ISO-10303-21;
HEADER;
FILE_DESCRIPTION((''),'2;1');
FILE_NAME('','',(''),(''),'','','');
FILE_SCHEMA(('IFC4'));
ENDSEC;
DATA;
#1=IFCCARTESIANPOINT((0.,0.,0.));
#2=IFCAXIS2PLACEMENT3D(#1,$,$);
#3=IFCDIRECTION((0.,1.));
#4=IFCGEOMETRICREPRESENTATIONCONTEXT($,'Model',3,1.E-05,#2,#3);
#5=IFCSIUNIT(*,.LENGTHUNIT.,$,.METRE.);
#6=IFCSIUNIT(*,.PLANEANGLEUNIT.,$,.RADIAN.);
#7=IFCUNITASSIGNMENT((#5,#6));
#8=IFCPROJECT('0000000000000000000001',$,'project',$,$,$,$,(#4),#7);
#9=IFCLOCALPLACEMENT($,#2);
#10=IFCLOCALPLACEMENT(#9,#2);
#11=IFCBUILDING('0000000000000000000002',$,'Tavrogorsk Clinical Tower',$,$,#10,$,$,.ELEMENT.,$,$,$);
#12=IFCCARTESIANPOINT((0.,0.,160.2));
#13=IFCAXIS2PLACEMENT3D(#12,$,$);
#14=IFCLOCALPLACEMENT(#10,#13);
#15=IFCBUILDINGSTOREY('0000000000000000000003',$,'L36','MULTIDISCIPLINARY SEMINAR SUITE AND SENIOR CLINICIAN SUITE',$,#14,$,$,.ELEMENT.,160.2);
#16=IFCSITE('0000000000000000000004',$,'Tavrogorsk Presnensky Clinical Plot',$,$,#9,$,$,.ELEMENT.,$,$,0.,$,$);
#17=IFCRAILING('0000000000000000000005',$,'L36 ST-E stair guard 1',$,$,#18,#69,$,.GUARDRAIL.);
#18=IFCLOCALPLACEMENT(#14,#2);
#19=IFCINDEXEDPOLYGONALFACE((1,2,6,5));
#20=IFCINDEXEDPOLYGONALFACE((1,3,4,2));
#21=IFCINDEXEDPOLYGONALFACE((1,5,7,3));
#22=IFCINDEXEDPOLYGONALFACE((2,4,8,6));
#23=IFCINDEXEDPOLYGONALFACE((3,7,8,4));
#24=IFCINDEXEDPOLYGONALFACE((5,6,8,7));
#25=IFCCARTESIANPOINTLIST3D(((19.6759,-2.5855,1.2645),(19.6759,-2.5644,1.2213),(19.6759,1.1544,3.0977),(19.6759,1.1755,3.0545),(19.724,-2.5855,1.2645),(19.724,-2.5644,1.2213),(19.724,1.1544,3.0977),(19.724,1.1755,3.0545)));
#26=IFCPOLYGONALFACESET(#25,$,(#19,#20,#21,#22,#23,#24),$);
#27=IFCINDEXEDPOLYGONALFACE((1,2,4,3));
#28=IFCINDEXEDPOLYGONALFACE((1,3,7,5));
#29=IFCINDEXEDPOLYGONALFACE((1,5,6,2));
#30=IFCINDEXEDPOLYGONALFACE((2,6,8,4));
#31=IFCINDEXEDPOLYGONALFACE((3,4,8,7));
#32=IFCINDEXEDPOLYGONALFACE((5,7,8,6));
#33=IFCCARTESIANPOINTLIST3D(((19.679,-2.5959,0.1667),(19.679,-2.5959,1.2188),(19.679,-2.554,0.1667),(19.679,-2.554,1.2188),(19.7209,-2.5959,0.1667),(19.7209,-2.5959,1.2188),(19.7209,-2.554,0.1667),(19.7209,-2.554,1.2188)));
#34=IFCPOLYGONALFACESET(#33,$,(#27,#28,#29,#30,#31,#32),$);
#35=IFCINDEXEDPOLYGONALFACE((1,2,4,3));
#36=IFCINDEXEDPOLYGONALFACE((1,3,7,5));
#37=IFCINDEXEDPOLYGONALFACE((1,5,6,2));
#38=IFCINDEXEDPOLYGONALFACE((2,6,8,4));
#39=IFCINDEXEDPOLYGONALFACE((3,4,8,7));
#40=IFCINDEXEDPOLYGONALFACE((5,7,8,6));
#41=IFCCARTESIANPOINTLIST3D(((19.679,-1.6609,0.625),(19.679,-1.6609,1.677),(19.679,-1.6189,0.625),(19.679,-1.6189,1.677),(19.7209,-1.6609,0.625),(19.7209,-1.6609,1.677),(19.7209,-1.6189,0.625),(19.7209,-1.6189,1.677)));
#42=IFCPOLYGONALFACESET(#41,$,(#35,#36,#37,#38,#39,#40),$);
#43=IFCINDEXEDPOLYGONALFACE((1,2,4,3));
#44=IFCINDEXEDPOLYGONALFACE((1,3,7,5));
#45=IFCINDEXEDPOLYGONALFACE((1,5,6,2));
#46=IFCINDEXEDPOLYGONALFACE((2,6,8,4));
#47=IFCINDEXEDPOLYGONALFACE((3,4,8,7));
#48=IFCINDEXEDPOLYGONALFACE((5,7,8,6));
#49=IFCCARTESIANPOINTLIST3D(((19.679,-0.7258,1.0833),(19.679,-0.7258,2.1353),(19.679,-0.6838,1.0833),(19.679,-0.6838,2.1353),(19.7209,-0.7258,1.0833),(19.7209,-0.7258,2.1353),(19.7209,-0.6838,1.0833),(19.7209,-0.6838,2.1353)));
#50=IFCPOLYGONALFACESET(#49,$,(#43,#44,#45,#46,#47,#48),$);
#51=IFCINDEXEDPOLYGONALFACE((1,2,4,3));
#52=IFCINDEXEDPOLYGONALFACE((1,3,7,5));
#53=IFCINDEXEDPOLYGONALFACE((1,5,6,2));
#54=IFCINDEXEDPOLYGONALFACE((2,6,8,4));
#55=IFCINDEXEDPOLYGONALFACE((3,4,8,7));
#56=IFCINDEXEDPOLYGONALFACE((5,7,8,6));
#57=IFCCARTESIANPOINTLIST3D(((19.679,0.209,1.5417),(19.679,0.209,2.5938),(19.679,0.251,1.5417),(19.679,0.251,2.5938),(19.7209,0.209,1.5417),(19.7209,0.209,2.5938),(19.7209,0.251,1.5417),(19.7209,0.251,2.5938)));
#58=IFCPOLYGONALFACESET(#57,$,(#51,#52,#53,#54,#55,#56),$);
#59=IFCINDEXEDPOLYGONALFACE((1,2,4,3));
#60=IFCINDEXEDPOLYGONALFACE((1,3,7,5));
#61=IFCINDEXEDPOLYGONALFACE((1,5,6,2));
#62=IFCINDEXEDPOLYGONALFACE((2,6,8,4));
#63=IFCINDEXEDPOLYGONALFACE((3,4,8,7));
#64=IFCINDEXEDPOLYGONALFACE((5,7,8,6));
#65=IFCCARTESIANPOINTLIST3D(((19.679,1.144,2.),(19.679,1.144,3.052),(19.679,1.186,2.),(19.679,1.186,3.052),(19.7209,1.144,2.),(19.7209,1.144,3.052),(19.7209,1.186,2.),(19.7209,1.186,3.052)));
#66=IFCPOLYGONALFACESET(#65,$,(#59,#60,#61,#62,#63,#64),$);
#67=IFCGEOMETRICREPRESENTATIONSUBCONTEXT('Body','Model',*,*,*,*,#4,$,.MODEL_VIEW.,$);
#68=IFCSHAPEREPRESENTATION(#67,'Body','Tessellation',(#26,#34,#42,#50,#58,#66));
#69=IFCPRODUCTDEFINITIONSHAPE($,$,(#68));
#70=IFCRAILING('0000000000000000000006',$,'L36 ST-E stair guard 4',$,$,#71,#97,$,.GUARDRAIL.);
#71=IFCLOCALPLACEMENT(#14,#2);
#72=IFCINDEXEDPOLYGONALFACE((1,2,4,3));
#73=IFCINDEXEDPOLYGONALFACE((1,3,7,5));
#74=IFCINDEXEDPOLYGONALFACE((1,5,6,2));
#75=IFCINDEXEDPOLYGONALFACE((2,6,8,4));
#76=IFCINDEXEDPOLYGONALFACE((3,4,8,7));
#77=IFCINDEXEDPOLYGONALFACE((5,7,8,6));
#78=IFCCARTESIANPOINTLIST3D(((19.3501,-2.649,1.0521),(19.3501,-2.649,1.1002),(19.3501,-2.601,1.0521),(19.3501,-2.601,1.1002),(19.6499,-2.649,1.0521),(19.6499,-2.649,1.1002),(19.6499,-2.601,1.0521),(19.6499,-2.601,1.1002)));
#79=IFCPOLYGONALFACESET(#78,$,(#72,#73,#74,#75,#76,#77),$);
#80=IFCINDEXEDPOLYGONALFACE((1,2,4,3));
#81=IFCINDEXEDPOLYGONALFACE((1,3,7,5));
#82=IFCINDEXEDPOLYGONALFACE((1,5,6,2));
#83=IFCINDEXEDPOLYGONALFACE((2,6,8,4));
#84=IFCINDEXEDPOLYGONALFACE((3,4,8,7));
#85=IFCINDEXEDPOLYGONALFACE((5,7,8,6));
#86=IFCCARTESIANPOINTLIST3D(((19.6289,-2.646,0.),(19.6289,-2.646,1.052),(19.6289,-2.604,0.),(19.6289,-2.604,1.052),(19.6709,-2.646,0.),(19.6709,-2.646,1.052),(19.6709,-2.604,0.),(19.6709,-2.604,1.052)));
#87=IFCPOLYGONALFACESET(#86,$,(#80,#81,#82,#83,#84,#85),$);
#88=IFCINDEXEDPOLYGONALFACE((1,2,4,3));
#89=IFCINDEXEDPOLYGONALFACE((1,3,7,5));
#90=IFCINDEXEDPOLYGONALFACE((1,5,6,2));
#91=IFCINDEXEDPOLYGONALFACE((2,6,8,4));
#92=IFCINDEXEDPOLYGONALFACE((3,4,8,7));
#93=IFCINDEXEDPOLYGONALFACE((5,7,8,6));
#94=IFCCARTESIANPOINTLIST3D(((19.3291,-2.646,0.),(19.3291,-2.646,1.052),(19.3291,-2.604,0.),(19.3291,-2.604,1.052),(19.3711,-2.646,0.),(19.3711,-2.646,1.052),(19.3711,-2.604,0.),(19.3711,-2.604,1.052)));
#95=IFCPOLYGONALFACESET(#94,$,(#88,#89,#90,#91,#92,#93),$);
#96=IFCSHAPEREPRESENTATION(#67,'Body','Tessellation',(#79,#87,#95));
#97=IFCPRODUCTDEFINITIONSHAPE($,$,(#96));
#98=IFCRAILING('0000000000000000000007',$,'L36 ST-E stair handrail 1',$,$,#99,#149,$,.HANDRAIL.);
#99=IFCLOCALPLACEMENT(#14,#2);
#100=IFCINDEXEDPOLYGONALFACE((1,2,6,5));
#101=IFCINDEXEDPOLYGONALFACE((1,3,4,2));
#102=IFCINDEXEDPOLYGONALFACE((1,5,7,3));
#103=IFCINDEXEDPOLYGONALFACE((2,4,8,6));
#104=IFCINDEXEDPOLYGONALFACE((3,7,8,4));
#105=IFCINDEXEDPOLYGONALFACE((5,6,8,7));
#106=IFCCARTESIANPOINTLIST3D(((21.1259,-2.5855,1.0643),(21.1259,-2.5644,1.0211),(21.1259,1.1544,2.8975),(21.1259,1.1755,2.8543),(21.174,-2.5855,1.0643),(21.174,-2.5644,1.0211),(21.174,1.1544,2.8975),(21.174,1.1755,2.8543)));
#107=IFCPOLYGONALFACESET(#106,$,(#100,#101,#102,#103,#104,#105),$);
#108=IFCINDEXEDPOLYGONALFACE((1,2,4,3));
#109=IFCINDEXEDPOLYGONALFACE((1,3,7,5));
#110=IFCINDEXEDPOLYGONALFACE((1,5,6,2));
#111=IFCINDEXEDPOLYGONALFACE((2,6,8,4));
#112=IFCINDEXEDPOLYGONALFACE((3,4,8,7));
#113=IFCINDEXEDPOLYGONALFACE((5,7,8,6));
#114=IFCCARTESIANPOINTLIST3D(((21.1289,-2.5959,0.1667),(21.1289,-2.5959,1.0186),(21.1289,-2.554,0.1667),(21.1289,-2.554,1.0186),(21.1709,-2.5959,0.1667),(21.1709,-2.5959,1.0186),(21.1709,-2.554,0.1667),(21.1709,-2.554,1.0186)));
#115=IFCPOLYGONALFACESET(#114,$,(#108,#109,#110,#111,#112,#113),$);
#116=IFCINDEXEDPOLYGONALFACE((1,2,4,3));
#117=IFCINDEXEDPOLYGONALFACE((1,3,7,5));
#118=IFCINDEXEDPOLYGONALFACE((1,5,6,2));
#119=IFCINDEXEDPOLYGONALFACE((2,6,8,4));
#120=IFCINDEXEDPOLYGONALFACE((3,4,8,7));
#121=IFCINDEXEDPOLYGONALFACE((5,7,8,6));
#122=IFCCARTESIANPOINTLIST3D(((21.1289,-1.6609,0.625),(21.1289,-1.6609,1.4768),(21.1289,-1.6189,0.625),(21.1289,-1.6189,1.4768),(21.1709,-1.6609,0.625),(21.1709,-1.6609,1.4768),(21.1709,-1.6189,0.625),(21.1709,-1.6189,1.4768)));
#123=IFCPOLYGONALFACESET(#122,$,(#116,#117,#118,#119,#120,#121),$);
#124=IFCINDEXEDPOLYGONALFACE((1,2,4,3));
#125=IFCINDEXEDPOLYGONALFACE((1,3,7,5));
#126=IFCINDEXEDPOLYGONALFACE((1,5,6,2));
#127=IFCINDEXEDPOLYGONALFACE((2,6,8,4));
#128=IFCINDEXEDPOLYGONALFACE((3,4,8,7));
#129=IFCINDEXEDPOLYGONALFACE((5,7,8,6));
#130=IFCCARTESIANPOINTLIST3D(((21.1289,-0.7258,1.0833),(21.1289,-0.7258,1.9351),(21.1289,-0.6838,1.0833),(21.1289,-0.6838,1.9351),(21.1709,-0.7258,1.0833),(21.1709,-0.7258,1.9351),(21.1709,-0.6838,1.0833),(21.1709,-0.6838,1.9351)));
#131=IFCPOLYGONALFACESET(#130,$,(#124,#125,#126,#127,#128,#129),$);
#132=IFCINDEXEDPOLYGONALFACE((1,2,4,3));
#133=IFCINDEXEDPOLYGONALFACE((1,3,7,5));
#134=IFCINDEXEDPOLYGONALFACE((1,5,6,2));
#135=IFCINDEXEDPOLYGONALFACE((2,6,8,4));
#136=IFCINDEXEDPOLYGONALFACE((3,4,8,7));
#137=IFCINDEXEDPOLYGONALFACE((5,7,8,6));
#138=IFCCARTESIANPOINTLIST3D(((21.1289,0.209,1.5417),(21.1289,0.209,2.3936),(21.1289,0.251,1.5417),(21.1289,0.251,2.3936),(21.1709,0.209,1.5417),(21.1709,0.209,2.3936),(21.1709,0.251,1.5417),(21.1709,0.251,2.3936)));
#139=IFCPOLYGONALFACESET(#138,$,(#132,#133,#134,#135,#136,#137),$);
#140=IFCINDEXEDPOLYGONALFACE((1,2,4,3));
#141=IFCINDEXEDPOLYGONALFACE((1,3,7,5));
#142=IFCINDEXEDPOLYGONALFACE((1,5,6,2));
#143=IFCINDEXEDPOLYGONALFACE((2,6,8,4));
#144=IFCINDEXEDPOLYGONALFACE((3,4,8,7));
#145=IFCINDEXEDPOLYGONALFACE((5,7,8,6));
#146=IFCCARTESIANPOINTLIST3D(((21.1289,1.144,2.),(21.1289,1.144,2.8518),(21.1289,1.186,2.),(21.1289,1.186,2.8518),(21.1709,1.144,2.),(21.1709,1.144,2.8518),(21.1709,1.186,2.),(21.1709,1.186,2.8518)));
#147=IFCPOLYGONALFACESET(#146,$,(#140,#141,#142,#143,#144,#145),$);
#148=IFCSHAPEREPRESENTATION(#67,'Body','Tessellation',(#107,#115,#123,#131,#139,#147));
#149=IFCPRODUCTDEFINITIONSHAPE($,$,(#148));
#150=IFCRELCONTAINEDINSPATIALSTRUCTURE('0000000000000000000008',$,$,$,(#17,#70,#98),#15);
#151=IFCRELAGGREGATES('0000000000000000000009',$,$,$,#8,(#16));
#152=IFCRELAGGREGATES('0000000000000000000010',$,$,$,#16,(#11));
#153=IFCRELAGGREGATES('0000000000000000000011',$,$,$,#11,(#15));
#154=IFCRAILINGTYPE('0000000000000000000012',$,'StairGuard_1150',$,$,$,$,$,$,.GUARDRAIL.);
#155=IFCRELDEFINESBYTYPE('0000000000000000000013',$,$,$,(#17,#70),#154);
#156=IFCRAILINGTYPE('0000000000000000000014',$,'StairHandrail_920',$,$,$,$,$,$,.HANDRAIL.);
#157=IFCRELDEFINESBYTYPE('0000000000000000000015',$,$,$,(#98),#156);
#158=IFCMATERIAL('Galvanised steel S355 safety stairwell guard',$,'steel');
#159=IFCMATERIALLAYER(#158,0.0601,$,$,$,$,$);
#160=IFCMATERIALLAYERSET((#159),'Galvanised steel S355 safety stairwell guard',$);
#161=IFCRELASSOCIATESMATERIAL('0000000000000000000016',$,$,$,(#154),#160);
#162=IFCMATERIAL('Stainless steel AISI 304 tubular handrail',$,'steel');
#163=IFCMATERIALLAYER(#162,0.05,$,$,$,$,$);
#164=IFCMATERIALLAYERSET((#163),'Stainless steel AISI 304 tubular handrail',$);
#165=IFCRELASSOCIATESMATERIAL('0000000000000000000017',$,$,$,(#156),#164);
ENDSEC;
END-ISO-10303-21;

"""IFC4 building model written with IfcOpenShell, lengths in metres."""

from ifc_helpers import new_model, si_unit, direction, frame, origin, origin_2d, place, context, subcontext, project, spatial, rectangle, extrude, material, layer, layer_set, type_object, element, save


model = new_model("IFC4")

# Units and contexts
model_context = context("Model", 3, precision=1e-05, world=origin(), true_north=direction((0.0, 1.0)))
body_context = subcontext(model_context, "Body", "Model", "MODEL_VIEW")
ifc_project = project(units=[si_unit("LENGTHUNIT", "METRE"), si_unit("PLANEANGLEUNIT", "RADIAN")], contexts=[model_context])

# Site, building, storey
site_placement = place(None, origin())
site = spatial("IfcSite", under=ifc_project, at=site_placement, Name="Tavrogorsk Presnensky Clinical Plot", CompositionType="ELEMENT", RefElevation=0.0)
building_placement = place(site_placement, origin())
building = spatial("IfcBuilding", under=site, at=building_placement, Name="Tavrogorsk Clinical Tower", CompositionType="ELEMENT")
storey_placement = place(building_placement, frame((0.0, 0.0, 160.2)))
storey = spatial("IfcBuildingStorey", under=building, at=storey_placement, Name="L36", Description="MULTIDISCIPLINARY SEMINAR SUITE AND SENIOR CLINICIAN SUITE", CompositionType="ELEMENT", Elevation=160.2)

# Railings
ifc_material_1 = material(Name="Galvanised steel S355 safety stairwell guard", Category="steel")
ifc_layer_1 = layer(ifc_material_1, 0.0601)
ifc_layer_set_1 = layer_set([ifc_layer_1], Name="Galvanised steel S355 safety stairwell guard")
railing_type_1 = type_object("IfcRailingType", Name="StairGuard_1150", PredefinedType="GUARDRAIL", material=ifc_layer_set_1)
railing_1_placement = place(storey_placement, frame((19.7, -2.575, 0.1667)))
element("IfcRailing", 1, at=railing_1_placement, inside=storey, type_object=railing_type_1, Name="L36 ST-E stair guard 1", PredefinedType="GUARDRAIL", context=body_context, shape_type="SweptSolid", body=[
    extrude(rectangle(XDim=0.0481, YDim=0.0481, at=origin_2d()), frame((0.0, 0.0, 1.0762), z_axis=(0.0, 0.897928, 0.440142), x_axis=(-1.0, 0.0, 0.0)), (0.0, 0.0, 1.0), 4.165),
    extrude(rectangle(XDim=0.042, YDim=0.042, at=origin_2d()), origin(), (0.0, 0.0, 1.0), 1.052),
    extrude(rectangle(XDim=0.042, YDim=0.042, at=origin_2d()), frame((0.0, 0.9351, 0.4583)), (0.0, 0.0, 1.0), 1.052),
    extrude(rectangle(XDim=0.042, YDim=0.042, at=origin_2d()), frame((0.0, 1.8701, 0.9165)), (0.0, 0.0, 1.0), 1.052),
    extrude(rectangle(XDim=0.042, YDim=0.042, at=origin_2d()), frame((0.0, 2.8049, 1.375)), (0.0, 0.0, 1.0), 1.052),
    extrude(rectangle(XDim=0.042, YDim=0.042, at=origin_2d()), frame((0.0, 3.74, 1.8333)), (0.0, 0.0, 1.0), 1.052),
])
railing_2_placement = place(storey_placement, frame((19.6499, -2.625, 0.0)))
element("IfcRailing", 2, at=railing_2_placement, inside=storey, type_object=railing_type_1, Name="L36 ST-E stair guard 4", PredefinedType="GUARDRAIL", context=body_context, shape_type="SweptSolid", body=[
    extrude(rectangle(XDim=0.0481, YDim=0.0481, at=origin_2d()), frame((0.0, 0.0, 1.0762), z_axis=(-1.0, 0.0, 0.0), x_axis=(0.0, -1.0, 0.0)), (0.0, 0.0, 1.0), 0.2998),
    extrude(rectangle(XDim=0.042, YDim=0.042, at=origin_2d()), origin(), (0.0, 0.0, 1.0), 1.052),
    extrude(rectangle(XDim=0.042, YDim=0.042, at=origin_2d()), frame((-0.2998, 0.0, 0.0)), (0.0, 0.0, 1.0), 1.052),
])
ifc_material_2 = material(Name="Stainless steel AISI 304 tubular handrail", Category="steel")
ifc_layer_2 = layer(ifc_material_2, 0.05)
ifc_layer_set_2 = layer_set([ifc_layer_2], Name="Stainless steel AISI 304 tubular handrail")
railing_type_2 = type_object("IfcRailingType", Name="StairHandrail_920", PredefinedType="HANDRAIL", material=ifc_layer_set_2)
railing_3_placement = place(storey_placement, frame((21.1499, -2.575, 0.1667)))
element("IfcRailing", 3, at=railing_3_placement, inside=storey, type_object=railing_type_2, Name="L36 ST-E stair handrail 1", PredefinedType="HANDRAIL", context=body_context, shape_type="SweptSolid", body=[
    extrude(rectangle(XDim=0.0481, YDim=0.0481, at=origin_2d()), frame((0.0, 0.0, 0.876), z_axis=(0.0, 0.897928, 0.440142), x_axis=(-1.0, 0.0, 0.0)), (0.0, 0.0, 1.0), 4.165),
    extrude(rectangle(XDim=0.042, YDim=0.042, at=origin_2d()), origin(), (0.0, 0.0, 1.0), 0.8518),
    extrude(rectangle(XDim=0.042, YDim=0.042, at=origin_2d()), frame((0.0, 0.9351, 0.4583)), (0.0, 0.0, 1.0), 0.8518),
    extrude(rectangle(XDim=0.042, YDim=0.042, at=origin_2d()), frame((0.0, 1.8701, 0.9165)), (0.0, 0.0, 1.0), 0.8518),
    extrude(rectangle(XDim=0.042, YDim=0.042, at=origin_2d()), frame((0.0, 2.8049, 1.375)), (0.0, 0.0, 1.0), 0.8518),
    extrude(rectangle(XDim=0.042, YDim=0.042, at=origin_2d()), frame((0.0, 3.74, 1.8333)), (0.0, 0.0, 1.0), 0.8518),
])

save(model, "model.ifc")
